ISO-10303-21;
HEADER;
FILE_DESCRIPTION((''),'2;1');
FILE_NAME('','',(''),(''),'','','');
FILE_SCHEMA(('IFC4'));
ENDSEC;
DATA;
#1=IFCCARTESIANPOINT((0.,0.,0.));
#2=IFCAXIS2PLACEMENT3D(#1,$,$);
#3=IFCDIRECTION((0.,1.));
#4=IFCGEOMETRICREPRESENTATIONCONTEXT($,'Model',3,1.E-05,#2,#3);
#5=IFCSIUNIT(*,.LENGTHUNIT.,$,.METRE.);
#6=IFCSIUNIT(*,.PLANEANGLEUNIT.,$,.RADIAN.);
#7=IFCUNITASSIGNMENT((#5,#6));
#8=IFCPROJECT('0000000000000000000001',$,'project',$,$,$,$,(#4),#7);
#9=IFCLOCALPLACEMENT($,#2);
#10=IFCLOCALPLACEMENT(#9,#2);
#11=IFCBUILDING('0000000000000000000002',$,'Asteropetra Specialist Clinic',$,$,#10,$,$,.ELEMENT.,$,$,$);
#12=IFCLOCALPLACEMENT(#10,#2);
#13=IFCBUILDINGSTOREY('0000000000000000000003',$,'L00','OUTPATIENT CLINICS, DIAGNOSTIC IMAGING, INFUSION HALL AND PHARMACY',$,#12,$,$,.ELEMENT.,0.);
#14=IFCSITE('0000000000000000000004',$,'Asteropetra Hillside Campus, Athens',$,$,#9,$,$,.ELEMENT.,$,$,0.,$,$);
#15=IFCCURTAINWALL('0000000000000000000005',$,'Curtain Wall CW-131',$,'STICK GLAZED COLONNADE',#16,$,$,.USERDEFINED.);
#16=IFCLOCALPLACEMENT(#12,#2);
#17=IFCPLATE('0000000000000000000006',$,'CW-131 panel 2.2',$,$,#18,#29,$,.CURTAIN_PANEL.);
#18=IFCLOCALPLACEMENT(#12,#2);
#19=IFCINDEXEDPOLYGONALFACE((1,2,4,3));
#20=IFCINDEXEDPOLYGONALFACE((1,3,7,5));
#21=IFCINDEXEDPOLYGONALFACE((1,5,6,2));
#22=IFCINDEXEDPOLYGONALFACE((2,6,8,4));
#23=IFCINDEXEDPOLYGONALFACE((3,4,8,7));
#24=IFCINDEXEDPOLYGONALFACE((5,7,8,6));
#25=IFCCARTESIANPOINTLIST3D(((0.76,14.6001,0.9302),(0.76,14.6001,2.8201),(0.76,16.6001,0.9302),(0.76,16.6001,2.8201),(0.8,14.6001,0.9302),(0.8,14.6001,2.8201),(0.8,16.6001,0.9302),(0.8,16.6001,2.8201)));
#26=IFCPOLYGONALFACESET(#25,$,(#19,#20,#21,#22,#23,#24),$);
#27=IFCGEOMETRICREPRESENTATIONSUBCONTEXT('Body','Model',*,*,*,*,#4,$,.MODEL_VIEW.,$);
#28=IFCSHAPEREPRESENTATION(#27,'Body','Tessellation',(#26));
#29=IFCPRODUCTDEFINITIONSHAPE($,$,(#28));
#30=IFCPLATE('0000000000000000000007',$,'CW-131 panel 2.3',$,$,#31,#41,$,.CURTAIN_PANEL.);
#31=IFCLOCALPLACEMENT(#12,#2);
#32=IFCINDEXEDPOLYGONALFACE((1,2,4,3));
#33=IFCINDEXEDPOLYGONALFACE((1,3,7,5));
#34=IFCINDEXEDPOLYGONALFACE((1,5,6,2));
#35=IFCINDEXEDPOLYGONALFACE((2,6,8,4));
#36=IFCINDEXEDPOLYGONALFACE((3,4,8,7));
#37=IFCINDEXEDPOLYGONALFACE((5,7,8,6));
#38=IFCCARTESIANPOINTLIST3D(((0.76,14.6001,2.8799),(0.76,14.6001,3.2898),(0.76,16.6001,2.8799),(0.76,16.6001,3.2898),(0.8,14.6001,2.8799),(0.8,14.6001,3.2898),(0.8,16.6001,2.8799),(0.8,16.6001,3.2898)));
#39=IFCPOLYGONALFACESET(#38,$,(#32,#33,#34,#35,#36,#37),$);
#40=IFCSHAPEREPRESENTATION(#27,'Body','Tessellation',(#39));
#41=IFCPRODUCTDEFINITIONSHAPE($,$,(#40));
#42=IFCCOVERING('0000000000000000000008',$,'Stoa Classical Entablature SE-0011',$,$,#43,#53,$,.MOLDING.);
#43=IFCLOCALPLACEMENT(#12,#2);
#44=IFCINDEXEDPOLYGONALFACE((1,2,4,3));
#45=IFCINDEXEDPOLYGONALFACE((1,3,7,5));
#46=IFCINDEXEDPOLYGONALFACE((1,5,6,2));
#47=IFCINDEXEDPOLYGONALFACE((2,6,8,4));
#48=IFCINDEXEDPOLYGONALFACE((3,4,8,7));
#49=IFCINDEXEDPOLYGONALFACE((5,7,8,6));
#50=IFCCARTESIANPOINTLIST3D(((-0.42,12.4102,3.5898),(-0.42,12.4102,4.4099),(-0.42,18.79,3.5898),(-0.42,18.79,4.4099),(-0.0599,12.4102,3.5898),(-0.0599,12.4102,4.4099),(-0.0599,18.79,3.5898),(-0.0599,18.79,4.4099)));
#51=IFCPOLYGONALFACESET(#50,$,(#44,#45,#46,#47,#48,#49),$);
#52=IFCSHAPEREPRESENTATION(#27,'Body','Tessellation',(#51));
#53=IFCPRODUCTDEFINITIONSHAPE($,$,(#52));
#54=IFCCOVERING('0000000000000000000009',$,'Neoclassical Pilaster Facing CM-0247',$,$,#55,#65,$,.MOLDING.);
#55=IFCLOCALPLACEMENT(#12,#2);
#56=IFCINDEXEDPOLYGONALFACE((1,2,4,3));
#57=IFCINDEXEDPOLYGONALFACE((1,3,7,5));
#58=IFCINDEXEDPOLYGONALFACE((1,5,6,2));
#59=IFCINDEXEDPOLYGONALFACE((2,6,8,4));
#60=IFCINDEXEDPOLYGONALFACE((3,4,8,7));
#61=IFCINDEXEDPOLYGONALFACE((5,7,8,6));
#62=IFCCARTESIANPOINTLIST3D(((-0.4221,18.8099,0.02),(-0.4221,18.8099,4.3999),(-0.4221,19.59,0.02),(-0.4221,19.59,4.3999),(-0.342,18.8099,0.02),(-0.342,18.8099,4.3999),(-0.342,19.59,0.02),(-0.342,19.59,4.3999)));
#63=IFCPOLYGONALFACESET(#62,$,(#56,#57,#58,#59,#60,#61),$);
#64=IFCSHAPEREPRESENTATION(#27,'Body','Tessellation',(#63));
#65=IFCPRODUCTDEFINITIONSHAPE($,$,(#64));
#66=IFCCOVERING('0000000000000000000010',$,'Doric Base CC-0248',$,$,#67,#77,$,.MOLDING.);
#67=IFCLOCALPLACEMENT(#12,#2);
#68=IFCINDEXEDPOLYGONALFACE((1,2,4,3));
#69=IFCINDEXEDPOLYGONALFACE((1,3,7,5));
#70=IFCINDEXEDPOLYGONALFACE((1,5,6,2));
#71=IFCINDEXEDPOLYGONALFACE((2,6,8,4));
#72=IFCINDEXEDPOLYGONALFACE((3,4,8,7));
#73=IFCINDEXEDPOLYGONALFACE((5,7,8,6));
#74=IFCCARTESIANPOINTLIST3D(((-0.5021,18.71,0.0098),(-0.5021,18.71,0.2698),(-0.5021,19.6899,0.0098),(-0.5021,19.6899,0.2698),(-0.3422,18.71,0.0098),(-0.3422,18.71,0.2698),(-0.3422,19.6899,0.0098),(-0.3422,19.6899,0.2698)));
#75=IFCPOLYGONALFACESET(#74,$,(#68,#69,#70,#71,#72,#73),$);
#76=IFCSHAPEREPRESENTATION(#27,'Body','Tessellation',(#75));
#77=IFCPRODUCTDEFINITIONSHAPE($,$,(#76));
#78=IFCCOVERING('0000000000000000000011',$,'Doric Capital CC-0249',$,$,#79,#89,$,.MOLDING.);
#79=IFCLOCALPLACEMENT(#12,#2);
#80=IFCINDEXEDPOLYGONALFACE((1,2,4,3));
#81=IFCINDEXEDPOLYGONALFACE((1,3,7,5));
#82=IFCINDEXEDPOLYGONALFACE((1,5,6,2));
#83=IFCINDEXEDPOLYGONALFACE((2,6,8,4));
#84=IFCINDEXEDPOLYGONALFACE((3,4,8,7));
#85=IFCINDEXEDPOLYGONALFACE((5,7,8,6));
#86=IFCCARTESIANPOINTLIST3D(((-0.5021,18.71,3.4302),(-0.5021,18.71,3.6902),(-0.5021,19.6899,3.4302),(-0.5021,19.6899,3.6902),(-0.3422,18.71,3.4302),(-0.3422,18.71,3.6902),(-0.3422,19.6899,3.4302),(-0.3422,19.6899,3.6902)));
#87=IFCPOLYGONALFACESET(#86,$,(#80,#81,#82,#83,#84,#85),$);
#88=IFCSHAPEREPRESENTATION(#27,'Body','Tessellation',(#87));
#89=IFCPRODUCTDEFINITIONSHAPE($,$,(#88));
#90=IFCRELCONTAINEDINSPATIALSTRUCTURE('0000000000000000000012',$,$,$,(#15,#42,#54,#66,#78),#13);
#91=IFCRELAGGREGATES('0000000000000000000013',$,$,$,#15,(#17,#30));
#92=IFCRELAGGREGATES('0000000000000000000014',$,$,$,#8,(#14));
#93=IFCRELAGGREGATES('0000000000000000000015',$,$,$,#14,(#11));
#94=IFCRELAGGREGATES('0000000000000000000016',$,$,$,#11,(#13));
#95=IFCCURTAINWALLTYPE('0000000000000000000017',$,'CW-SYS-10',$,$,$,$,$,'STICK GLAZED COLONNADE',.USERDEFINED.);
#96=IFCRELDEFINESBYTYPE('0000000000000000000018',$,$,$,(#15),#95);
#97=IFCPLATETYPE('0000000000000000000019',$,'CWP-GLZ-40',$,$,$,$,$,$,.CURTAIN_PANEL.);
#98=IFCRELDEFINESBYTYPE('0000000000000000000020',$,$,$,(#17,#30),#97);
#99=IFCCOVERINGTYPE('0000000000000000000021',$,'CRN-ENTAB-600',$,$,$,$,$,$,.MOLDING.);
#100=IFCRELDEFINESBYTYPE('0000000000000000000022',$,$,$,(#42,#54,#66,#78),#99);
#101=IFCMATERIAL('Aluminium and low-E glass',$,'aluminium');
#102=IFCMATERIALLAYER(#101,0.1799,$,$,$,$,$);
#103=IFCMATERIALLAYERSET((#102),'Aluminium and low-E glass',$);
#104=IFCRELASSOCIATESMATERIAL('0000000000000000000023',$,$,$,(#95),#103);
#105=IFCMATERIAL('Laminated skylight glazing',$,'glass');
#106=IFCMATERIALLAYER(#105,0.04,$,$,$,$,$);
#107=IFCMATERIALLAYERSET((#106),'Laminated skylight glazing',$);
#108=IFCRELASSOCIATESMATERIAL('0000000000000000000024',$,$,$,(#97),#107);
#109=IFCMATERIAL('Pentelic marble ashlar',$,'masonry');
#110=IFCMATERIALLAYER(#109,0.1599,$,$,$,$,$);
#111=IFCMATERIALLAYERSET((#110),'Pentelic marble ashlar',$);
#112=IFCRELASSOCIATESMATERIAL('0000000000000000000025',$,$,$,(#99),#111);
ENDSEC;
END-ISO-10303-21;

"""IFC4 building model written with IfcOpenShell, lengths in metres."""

from ifc_helpers import new_model, si_unit, direction, frame, origin, origin_2d, place, context, subcontext, project, spatial, rectangle, extrude, material, layer, layer_set, type_object, element, aggregate, save


model = new_model("IFC4")

# Units and contexts
model_context = context("Model", 3, precision=1e-05, world=origin(), true_north=direction((0.0, 1.0)))
body_context = subcontext(model_context, "Body", "Model", "MODEL_VIEW")
ifc_project = project(units=[si_unit("LENGTHUNIT", "METRE"), si_unit("PLANEANGLEUNIT", "RADIAN")], contexts=[model_context])

# Site, building, storey
site_placement = place(None, origin())
site = spatial("IfcSite", under=ifc_project, at=site_placement, Name="Asteropetra Hillside Campus, Athens", CompositionType="ELEMENT", RefElevation=0.0)
building_placement = place(site_placement, origin())
building = spatial("IfcBuilding", under=site, at=building_placement, Name="Asteropetra Specialist Clinic", CompositionType="ELEMENT")
storey_placement = place(building_placement, origin())
storey = spatial("IfcBuildingStorey", under=building, at=storey_placement, Name="L00", Description="OUTPATIENT CLINICS, DIAGNOSTIC IMAGING, INFUSION HALL AND PHARMACY", CompositionType="ELEMENT", Elevation=0.0)

# Curtain wall, plates
ifc_material_1 = material(Name="Aluminium and low-E glass", Category="aluminium")
ifc_layer_1 = layer(ifc_material_1, 0.1799)
ifc_layer_set_1 = layer_set([ifc_layer_1], Name="Aluminium and low-E glass")
curtain_wall_type = type_object("IfcCurtainWallType", Name="CW-SYS-10", ElementType="STICK GLAZED COLONNADE", PredefinedType="USERDEFINED", material=ifc_layer_set_1)
curtain_wall_placement = place(storey_placement, origin())
curtain_wall = element("IfcCurtainWall", 1, at=curtain_wall_placement, inside=storey, type_object=curtain_wall_type, Name="Curtain Wall CW-131", ObjectType="STICK GLAZED COLONNADE", PredefinedType="USERDEFINED")
ifc_material_2 = material(Name="Laminated skylight glazing", Category="glass")
ifc_layer_2 = layer(ifc_material_2, 0.04)
ifc_layer_set_2 = layer_set([ifc_layer_2], Name="Laminated skylight glazing")
plate_type = type_object("IfcPlateType", Name="CWP-GLZ-40", PredefinedType="CURTAIN_PANEL", material=ifc_layer_set_2)
plate_1_placement = place(storey_placement, frame((0.78, 15.6001, 0.9302), z_axis=(0.0, 0.0, 1.0), x_axis=(0.0, -1.0, 0.0)))
plate_1 = element("IfcPlate", 2, at=plate_1_placement, type_object=plate_type, Name="CW-131 panel 2.2", PredefinedType="CURTAIN_PANEL", context=body_context, shape_type="SweptSolid", body=[
    extrude(rectangle(XDim=2.0, YDim=0.04, at=origin_2d()), origin(), (0.0, 0.0, 1.0), 1.8899),
])
plate_2_placement = place(storey_placement, frame((0.78, 15.6001, 2.8799), z_axis=(0.0, 0.0, 1.0), x_axis=(0.0, -1.0, 0.0)))
plate_2 = element("IfcPlate", 3, at=plate_2_placement, type_object=plate_type, Name="CW-131 panel 2.3", PredefinedType="CURTAIN_PANEL", context=body_context, shape_type="SweptSolid", body=[
    extrude(rectangle(XDim=2.0, YDim=0.04, at=origin_2d()), origin(), (0.0, 0.0, 1.0), 0.4099),
])
aggregate(curtain_wall, [plate_1, plate_2])

# Coverings
ifc_material_3 = material(Name="Pentelic marble ashlar", Category="masonry")
ifc_layer_3 = layer(ifc_material_3, 0.1599)
ifc_layer_set_3 = layer_set([ifc_layer_3], Name="Pentelic marble ashlar")
covering_type = type_object("IfcCoveringType", Name="CRN-ENTAB-600", PredefinedType="MOLDING", material=ifc_layer_set_3)
covering_1_placement = place(storey_placement, frame((-0.24, 15.6001, 3.5898), z_axis=(0.0, 0.0, 1.0), x_axis=(1.0, 0.0, 0.0)))
element("IfcCovering", 4, at=covering_1_placement, inside=storey, type_object=covering_type, Name="Stoa Classical Entablature SE-0011", PredefinedType="MOLDING", context=body_context, shape_type="SweptSolid", body=[
    extrude(rectangle(XDim=0.3601, YDim=6.3799, at=origin_2d()), origin(), (0.0, 0.0, 1.0), 0.8201),
])
covering_2_placement = place(storey_placement, frame((-0.3821, 19.2, 0.02), z_axis=(0.0, 0.0, 1.0), x_axis=(1.0, 0.0, 0.0)))
element("IfcCovering", 5, at=covering_2_placement, inside=storey, type_object=covering_type, Name="Neoclassical Pilaster Facing CM-0247", PredefinedType="MOLDING", context=body_context, shape_type="SweptSolid", body=[
    extrude(rectangle(XDim=0.0801, YDim=0.78, at=origin_2d()), origin(), (0.0, 0.0, 1.0), 4.3799),
])
for number, where, z_axis, x_axis, name in (
    (6, (-0.4221, 19.2, 0.0098), (0.0, 0.0, 1.0), (1.0, 0.0, 0.0), "Doric Base CC-0248"),
    (7, (-0.4221, 19.2, 3.4302), (0.0, 0.0, 1.0), (1.0, 0.0, 0.0), "Doric Capital CC-0249"),
):
    element("IfcCovering", number, at=place(storey_placement, frame(where, z_axis=z_axis, x_axis=x_axis)), inside=storey, type_object=covering_type, Name=name, PredefinedType="MOLDING", context=body_context, shape_type="SweptSolid", body=[
        extrude(rectangle(XDim=0.1599, YDim=0.98, at=origin_2d()), origin(), (0.0, 0.0, 1.0), 0.26),
    ])

save(model, "model.ifc")
